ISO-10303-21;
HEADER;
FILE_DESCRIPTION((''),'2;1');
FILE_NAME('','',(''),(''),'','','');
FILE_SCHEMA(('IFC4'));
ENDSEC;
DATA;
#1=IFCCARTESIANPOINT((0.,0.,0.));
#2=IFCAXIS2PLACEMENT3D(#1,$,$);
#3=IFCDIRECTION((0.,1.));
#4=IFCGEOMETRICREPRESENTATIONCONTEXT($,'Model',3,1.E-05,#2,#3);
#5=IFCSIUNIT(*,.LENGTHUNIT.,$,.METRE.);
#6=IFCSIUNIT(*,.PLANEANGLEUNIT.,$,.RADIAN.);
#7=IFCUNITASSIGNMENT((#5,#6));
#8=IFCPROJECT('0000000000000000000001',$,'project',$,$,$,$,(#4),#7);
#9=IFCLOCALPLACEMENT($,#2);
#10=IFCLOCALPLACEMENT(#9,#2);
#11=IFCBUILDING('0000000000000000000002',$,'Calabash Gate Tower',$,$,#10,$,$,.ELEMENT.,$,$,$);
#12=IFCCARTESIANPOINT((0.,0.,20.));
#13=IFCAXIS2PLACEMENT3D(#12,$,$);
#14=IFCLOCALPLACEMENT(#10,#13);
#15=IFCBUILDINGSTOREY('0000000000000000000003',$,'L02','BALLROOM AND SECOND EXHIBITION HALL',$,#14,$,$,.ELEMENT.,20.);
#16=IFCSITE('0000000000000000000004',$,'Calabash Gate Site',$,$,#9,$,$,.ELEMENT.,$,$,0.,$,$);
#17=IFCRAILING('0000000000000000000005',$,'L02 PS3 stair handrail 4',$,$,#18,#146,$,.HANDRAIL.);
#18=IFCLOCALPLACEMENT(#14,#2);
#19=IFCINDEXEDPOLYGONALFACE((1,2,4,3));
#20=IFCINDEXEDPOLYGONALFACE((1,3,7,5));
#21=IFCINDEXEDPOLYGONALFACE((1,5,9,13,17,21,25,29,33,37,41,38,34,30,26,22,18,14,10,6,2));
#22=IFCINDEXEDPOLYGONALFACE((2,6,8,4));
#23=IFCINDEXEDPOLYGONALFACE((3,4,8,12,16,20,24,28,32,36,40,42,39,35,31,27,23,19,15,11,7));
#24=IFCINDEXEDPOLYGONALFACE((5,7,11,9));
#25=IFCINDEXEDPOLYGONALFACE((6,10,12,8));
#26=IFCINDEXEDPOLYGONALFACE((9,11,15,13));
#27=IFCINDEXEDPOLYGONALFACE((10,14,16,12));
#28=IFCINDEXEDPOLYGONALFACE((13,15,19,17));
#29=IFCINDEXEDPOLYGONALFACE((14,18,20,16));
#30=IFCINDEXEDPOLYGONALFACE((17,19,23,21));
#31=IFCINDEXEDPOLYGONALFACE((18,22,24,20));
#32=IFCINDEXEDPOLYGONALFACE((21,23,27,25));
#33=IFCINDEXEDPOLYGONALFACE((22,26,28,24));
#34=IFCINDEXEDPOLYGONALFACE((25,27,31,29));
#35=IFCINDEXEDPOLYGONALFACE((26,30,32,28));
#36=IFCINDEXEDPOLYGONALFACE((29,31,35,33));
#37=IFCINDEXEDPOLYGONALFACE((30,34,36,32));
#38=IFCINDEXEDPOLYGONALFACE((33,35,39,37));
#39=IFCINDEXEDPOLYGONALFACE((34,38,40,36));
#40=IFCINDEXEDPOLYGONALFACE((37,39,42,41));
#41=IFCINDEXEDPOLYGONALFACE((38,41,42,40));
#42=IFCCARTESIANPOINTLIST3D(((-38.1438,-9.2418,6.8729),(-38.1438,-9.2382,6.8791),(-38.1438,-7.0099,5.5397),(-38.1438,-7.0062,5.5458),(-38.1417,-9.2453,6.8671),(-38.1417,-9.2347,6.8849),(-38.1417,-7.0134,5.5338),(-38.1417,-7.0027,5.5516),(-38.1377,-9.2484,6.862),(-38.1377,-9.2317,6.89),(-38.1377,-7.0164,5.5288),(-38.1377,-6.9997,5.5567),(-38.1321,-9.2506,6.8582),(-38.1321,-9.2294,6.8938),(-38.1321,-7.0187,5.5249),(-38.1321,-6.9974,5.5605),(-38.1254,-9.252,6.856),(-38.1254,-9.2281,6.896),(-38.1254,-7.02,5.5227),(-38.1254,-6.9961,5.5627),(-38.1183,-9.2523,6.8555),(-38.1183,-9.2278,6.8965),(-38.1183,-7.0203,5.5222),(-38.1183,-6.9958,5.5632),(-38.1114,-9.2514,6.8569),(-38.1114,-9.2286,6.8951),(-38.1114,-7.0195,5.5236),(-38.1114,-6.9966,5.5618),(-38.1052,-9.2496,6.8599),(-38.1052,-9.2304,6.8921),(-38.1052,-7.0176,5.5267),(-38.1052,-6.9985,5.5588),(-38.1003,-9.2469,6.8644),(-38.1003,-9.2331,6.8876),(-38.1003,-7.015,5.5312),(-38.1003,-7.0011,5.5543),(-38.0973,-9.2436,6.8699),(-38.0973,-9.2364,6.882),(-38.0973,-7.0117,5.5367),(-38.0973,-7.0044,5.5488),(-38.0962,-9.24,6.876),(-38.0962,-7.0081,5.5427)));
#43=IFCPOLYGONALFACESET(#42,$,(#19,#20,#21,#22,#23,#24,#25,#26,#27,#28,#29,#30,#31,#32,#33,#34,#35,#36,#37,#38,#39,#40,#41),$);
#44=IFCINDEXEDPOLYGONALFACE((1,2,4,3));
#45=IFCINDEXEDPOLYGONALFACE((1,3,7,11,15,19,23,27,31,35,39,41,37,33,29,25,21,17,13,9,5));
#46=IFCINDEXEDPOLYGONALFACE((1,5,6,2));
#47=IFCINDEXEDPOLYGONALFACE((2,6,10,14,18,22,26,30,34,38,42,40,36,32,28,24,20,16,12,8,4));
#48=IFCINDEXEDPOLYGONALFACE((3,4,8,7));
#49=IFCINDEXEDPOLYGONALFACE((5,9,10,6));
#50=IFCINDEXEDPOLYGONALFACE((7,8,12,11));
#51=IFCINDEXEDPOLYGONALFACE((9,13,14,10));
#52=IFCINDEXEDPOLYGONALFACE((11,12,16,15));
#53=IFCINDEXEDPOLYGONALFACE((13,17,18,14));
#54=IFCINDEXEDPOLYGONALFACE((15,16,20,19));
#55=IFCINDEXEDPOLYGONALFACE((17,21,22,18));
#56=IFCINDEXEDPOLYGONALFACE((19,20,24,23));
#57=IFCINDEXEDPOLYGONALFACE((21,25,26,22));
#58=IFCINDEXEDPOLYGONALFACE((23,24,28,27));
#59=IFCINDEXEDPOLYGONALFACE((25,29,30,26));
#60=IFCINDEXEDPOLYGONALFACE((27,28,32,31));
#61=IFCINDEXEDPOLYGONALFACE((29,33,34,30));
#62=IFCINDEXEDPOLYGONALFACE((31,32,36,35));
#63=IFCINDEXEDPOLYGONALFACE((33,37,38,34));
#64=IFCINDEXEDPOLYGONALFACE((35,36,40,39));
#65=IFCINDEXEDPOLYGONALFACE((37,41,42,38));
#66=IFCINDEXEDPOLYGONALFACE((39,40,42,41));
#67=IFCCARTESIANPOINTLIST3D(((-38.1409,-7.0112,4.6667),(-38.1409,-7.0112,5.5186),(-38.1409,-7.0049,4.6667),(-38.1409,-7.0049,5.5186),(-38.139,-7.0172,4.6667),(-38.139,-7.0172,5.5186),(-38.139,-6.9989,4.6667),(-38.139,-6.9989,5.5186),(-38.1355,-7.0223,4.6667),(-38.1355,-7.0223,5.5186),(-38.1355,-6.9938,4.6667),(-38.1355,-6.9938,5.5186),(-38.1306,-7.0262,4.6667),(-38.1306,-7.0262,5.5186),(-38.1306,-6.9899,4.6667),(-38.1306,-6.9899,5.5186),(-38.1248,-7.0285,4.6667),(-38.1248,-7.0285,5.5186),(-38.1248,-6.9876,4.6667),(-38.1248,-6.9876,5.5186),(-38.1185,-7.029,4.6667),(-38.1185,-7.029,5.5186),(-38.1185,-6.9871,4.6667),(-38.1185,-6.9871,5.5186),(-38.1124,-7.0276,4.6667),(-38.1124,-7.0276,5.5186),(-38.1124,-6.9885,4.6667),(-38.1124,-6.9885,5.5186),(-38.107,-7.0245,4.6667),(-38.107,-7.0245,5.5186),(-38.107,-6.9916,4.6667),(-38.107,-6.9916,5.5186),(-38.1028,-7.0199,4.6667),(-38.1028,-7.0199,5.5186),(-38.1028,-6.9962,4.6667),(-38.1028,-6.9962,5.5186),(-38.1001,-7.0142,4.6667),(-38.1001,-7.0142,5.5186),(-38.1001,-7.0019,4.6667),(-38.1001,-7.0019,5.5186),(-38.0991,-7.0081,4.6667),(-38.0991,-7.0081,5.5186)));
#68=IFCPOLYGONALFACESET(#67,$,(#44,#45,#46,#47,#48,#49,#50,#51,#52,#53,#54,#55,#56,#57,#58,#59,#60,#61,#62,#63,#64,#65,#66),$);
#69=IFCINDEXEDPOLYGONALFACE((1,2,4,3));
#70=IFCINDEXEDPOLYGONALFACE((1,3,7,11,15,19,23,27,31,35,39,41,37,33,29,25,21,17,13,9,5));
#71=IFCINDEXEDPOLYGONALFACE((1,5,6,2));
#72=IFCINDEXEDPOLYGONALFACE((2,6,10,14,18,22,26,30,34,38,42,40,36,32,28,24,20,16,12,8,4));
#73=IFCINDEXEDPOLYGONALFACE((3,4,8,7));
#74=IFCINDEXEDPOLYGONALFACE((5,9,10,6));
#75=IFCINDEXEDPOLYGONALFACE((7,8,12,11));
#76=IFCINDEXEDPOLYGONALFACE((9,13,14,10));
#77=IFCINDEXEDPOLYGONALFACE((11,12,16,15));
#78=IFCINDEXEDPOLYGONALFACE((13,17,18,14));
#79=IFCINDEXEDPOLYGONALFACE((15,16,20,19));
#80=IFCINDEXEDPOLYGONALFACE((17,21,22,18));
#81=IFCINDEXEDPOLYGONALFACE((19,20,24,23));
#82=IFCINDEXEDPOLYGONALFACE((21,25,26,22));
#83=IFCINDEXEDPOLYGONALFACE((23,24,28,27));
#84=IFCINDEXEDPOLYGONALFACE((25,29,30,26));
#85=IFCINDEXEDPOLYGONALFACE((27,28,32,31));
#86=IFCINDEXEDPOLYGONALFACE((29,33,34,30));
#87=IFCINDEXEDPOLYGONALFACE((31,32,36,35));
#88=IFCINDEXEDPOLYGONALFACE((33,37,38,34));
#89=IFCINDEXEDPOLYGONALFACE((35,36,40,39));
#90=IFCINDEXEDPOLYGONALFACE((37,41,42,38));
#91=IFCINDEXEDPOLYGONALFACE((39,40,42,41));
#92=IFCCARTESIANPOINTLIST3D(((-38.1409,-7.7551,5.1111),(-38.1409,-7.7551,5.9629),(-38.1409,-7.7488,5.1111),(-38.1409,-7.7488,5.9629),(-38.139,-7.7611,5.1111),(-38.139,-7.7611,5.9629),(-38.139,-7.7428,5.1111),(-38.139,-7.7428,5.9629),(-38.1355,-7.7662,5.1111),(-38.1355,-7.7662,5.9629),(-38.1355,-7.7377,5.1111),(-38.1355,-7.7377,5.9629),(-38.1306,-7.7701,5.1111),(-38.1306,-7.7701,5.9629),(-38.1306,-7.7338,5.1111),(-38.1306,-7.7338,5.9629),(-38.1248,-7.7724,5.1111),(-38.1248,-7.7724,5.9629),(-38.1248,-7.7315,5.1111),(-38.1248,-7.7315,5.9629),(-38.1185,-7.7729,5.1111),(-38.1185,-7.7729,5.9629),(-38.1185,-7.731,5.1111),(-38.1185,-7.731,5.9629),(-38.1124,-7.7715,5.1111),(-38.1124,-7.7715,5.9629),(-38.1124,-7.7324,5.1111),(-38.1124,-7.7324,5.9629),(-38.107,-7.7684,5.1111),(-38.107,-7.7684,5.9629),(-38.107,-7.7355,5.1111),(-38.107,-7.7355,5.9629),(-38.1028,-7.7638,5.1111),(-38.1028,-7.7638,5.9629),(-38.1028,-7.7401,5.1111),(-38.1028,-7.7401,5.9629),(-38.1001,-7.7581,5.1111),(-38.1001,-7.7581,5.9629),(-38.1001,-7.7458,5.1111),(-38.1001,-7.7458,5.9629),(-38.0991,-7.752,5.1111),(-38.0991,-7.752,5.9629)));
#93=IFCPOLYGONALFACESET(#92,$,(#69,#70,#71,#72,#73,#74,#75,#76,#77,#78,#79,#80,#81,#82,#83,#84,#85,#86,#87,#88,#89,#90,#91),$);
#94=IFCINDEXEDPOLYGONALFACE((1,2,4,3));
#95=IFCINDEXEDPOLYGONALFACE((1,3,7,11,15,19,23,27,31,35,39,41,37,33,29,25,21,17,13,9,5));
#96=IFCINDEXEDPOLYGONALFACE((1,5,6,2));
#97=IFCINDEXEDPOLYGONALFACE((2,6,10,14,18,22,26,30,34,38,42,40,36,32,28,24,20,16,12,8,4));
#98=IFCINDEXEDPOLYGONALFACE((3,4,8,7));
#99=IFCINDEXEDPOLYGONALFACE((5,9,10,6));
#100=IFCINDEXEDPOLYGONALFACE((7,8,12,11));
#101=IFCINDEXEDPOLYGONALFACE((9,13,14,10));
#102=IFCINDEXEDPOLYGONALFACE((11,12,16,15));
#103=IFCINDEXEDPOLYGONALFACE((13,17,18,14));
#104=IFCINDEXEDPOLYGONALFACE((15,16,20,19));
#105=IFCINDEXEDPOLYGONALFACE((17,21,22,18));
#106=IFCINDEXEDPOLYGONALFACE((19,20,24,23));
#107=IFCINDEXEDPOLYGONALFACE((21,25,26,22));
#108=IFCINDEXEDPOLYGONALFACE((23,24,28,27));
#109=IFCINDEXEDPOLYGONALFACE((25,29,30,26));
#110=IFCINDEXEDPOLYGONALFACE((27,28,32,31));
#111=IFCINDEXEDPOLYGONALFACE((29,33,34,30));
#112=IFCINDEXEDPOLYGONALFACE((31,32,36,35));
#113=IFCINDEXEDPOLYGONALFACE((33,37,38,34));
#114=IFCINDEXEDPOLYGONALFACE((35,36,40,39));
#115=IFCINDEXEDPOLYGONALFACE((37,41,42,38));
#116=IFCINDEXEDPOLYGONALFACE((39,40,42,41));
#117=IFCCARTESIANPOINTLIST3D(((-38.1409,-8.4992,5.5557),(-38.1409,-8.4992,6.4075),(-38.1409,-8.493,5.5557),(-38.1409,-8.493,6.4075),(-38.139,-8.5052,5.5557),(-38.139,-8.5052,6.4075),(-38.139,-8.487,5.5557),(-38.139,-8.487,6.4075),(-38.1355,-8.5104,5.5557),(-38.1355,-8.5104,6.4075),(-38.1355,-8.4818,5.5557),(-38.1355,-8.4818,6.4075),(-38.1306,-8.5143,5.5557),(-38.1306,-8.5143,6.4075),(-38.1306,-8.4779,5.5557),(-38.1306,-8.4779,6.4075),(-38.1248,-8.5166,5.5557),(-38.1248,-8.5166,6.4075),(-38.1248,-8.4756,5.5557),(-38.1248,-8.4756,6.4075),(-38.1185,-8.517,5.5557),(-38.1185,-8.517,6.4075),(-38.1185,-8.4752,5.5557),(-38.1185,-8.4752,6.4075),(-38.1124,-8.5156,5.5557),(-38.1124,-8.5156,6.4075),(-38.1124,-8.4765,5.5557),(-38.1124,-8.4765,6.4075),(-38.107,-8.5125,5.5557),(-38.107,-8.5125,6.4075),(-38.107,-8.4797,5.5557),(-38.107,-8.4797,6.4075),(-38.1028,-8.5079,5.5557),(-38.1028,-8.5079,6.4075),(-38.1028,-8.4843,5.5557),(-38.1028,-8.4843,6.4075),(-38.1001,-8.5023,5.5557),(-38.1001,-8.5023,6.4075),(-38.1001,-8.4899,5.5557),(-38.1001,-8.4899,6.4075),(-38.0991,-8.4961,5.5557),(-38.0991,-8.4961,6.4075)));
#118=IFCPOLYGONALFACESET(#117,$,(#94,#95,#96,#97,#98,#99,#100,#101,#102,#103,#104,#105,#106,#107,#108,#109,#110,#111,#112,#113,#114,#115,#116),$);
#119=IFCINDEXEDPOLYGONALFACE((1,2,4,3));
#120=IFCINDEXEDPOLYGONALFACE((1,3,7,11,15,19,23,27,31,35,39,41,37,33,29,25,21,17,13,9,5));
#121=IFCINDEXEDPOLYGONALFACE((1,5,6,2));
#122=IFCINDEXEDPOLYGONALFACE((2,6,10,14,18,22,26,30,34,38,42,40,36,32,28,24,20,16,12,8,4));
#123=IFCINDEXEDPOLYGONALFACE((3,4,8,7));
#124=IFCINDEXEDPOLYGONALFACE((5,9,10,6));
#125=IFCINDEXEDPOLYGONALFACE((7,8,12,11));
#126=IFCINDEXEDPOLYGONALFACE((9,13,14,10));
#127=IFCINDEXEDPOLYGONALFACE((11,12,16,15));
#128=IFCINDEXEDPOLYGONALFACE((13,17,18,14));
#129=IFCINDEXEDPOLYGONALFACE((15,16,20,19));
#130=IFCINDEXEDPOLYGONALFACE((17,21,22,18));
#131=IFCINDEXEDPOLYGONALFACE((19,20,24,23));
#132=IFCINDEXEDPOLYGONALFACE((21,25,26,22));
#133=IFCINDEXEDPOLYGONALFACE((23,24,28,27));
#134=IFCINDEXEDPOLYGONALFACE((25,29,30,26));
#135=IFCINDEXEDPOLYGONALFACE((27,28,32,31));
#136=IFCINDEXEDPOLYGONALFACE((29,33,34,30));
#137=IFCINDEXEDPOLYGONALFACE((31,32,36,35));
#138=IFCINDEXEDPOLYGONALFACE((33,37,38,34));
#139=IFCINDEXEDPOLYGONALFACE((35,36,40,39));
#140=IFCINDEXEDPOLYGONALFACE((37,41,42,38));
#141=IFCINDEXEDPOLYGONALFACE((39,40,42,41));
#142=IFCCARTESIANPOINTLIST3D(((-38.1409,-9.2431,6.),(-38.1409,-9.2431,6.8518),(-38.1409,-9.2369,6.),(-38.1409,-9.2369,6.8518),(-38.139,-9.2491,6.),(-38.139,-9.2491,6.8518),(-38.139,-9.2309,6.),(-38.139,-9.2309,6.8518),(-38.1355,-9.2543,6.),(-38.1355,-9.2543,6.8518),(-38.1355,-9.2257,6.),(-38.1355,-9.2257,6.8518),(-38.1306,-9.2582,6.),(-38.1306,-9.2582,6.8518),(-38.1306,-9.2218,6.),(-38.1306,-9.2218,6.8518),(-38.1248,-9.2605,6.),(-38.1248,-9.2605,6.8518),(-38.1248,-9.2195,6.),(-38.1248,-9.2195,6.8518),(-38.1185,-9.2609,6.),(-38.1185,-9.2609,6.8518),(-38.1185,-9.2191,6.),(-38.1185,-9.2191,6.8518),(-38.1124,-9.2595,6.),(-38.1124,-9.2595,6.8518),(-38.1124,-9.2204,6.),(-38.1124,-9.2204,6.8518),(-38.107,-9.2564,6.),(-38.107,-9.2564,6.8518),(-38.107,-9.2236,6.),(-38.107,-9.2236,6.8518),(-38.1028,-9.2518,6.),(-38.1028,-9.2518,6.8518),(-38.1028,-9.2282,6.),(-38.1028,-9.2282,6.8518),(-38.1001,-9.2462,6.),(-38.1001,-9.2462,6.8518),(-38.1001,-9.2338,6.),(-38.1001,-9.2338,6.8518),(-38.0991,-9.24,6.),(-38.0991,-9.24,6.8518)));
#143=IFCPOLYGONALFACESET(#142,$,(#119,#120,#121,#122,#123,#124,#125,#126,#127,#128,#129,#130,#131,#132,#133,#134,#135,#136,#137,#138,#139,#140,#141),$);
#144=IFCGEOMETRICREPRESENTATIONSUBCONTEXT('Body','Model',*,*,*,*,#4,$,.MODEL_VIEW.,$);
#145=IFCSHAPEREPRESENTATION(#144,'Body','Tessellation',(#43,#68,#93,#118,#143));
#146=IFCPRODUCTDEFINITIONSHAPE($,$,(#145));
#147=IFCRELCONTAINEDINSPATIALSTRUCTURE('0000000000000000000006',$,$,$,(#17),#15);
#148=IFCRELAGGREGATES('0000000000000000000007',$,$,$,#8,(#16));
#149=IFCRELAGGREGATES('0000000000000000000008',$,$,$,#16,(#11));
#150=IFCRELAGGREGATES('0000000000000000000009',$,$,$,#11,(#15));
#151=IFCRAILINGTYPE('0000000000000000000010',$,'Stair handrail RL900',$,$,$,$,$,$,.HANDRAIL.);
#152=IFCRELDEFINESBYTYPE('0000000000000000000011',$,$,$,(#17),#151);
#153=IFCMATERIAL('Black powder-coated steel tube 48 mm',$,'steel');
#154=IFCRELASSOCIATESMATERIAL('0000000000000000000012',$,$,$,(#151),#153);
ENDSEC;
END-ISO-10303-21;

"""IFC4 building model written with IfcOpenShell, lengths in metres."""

from ifc_helpers import new_model, si_unit, direction, frame, origin, origin_2d, place, context, subcontext, project, spatial, circle, extrude, material, type_object, element, save


model = new_model("IFC4")

# Units and contexts
model_context = context("Model", 3, precision=1e-05, world=origin(), true_north=direction((0.0, 1.0)))
body_context = subcontext(model_context, "Body", "Model", "MODEL_VIEW")
ifc_project = project(units=[si_unit("LENGTHUNIT", "METRE"), si_unit("PLANEANGLEUNIT", "RADIAN")], contexts=[model_context])

# Site, building, storey
site_placement = place(None, origin())
site = spatial("IfcSite", under=ifc_project, at=site_placement, Name="Calabash Gate Site", CompositionType="ELEMENT", RefElevation=0.0)
building_placement = place(site_placement, origin())
building = spatial("IfcBuilding", under=site, at=building_placement, Name="Calabash Gate Tower", CompositionType="ELEMENT")
storey_placement = place(building_placement, frame((0.0, 0.0, 20.0)))
storey = spatial("IfcBuildingStorey", under=building, at=storey_placement, Name="L02", Description="BALLROOM AND SECOND EXHIBITION HALL", CompositionType="ELEMENT", Elevation=20.0)

# Railing
ifc_material_1 = material(Name="Black powder-coated steel tube 48 mm", Category="steel")
railing_type_1 = type_object("IfcRailingType", Name="Stair handrail RL900", PredefinedType="HANDRAIL", material=ifc_material_1)
for number, where, name in (
    (1, (-38.1201, -7.0081, 4.6667), "L02 PS3 stair handrail 4"),
):
    element("IfcRailing", number, at=place(storey_placement, frame(where)), inside=storey, type_object=railing_type_1, Name=name, PredefinedType="HANDRAIL", context=body_context, shape_type="SweptSolid", body=[
        extrude(circle(Radius=0.0239, at=origin_2d()), frame((0.0, 0.0, 0.876), z_axis=(0.0, -0.858494, 0.512824), x_axis=(1.0, 0.0, 0.0)), (0.0, 0.0, 1.0), 2.5999),
        extrude(circle(Radius=0.021, at=origin_2d()), origin(), (0.0, 0.0, 1.0), 0.8518),
        extrude(circle(Radius=0.021, at=origin_2d()), frame((0.0, -0.7439, 0.4443)), (0.0, 0.0, 1.0), 0.8518),
        extrude(circle(Radius=0.021, at=origin_2d()), frame((0.0, -1.488, 0.8889)), (0.0, 0.0, 1.0), 0.8518),
        extrude(circle(Radius=0.021, at=origin_2d()), frame((0.0, -2.2319, 1.3333)), (0.0, 0.0, 1.0), 0.8518),
    ])

save(model, "model.ifc")
